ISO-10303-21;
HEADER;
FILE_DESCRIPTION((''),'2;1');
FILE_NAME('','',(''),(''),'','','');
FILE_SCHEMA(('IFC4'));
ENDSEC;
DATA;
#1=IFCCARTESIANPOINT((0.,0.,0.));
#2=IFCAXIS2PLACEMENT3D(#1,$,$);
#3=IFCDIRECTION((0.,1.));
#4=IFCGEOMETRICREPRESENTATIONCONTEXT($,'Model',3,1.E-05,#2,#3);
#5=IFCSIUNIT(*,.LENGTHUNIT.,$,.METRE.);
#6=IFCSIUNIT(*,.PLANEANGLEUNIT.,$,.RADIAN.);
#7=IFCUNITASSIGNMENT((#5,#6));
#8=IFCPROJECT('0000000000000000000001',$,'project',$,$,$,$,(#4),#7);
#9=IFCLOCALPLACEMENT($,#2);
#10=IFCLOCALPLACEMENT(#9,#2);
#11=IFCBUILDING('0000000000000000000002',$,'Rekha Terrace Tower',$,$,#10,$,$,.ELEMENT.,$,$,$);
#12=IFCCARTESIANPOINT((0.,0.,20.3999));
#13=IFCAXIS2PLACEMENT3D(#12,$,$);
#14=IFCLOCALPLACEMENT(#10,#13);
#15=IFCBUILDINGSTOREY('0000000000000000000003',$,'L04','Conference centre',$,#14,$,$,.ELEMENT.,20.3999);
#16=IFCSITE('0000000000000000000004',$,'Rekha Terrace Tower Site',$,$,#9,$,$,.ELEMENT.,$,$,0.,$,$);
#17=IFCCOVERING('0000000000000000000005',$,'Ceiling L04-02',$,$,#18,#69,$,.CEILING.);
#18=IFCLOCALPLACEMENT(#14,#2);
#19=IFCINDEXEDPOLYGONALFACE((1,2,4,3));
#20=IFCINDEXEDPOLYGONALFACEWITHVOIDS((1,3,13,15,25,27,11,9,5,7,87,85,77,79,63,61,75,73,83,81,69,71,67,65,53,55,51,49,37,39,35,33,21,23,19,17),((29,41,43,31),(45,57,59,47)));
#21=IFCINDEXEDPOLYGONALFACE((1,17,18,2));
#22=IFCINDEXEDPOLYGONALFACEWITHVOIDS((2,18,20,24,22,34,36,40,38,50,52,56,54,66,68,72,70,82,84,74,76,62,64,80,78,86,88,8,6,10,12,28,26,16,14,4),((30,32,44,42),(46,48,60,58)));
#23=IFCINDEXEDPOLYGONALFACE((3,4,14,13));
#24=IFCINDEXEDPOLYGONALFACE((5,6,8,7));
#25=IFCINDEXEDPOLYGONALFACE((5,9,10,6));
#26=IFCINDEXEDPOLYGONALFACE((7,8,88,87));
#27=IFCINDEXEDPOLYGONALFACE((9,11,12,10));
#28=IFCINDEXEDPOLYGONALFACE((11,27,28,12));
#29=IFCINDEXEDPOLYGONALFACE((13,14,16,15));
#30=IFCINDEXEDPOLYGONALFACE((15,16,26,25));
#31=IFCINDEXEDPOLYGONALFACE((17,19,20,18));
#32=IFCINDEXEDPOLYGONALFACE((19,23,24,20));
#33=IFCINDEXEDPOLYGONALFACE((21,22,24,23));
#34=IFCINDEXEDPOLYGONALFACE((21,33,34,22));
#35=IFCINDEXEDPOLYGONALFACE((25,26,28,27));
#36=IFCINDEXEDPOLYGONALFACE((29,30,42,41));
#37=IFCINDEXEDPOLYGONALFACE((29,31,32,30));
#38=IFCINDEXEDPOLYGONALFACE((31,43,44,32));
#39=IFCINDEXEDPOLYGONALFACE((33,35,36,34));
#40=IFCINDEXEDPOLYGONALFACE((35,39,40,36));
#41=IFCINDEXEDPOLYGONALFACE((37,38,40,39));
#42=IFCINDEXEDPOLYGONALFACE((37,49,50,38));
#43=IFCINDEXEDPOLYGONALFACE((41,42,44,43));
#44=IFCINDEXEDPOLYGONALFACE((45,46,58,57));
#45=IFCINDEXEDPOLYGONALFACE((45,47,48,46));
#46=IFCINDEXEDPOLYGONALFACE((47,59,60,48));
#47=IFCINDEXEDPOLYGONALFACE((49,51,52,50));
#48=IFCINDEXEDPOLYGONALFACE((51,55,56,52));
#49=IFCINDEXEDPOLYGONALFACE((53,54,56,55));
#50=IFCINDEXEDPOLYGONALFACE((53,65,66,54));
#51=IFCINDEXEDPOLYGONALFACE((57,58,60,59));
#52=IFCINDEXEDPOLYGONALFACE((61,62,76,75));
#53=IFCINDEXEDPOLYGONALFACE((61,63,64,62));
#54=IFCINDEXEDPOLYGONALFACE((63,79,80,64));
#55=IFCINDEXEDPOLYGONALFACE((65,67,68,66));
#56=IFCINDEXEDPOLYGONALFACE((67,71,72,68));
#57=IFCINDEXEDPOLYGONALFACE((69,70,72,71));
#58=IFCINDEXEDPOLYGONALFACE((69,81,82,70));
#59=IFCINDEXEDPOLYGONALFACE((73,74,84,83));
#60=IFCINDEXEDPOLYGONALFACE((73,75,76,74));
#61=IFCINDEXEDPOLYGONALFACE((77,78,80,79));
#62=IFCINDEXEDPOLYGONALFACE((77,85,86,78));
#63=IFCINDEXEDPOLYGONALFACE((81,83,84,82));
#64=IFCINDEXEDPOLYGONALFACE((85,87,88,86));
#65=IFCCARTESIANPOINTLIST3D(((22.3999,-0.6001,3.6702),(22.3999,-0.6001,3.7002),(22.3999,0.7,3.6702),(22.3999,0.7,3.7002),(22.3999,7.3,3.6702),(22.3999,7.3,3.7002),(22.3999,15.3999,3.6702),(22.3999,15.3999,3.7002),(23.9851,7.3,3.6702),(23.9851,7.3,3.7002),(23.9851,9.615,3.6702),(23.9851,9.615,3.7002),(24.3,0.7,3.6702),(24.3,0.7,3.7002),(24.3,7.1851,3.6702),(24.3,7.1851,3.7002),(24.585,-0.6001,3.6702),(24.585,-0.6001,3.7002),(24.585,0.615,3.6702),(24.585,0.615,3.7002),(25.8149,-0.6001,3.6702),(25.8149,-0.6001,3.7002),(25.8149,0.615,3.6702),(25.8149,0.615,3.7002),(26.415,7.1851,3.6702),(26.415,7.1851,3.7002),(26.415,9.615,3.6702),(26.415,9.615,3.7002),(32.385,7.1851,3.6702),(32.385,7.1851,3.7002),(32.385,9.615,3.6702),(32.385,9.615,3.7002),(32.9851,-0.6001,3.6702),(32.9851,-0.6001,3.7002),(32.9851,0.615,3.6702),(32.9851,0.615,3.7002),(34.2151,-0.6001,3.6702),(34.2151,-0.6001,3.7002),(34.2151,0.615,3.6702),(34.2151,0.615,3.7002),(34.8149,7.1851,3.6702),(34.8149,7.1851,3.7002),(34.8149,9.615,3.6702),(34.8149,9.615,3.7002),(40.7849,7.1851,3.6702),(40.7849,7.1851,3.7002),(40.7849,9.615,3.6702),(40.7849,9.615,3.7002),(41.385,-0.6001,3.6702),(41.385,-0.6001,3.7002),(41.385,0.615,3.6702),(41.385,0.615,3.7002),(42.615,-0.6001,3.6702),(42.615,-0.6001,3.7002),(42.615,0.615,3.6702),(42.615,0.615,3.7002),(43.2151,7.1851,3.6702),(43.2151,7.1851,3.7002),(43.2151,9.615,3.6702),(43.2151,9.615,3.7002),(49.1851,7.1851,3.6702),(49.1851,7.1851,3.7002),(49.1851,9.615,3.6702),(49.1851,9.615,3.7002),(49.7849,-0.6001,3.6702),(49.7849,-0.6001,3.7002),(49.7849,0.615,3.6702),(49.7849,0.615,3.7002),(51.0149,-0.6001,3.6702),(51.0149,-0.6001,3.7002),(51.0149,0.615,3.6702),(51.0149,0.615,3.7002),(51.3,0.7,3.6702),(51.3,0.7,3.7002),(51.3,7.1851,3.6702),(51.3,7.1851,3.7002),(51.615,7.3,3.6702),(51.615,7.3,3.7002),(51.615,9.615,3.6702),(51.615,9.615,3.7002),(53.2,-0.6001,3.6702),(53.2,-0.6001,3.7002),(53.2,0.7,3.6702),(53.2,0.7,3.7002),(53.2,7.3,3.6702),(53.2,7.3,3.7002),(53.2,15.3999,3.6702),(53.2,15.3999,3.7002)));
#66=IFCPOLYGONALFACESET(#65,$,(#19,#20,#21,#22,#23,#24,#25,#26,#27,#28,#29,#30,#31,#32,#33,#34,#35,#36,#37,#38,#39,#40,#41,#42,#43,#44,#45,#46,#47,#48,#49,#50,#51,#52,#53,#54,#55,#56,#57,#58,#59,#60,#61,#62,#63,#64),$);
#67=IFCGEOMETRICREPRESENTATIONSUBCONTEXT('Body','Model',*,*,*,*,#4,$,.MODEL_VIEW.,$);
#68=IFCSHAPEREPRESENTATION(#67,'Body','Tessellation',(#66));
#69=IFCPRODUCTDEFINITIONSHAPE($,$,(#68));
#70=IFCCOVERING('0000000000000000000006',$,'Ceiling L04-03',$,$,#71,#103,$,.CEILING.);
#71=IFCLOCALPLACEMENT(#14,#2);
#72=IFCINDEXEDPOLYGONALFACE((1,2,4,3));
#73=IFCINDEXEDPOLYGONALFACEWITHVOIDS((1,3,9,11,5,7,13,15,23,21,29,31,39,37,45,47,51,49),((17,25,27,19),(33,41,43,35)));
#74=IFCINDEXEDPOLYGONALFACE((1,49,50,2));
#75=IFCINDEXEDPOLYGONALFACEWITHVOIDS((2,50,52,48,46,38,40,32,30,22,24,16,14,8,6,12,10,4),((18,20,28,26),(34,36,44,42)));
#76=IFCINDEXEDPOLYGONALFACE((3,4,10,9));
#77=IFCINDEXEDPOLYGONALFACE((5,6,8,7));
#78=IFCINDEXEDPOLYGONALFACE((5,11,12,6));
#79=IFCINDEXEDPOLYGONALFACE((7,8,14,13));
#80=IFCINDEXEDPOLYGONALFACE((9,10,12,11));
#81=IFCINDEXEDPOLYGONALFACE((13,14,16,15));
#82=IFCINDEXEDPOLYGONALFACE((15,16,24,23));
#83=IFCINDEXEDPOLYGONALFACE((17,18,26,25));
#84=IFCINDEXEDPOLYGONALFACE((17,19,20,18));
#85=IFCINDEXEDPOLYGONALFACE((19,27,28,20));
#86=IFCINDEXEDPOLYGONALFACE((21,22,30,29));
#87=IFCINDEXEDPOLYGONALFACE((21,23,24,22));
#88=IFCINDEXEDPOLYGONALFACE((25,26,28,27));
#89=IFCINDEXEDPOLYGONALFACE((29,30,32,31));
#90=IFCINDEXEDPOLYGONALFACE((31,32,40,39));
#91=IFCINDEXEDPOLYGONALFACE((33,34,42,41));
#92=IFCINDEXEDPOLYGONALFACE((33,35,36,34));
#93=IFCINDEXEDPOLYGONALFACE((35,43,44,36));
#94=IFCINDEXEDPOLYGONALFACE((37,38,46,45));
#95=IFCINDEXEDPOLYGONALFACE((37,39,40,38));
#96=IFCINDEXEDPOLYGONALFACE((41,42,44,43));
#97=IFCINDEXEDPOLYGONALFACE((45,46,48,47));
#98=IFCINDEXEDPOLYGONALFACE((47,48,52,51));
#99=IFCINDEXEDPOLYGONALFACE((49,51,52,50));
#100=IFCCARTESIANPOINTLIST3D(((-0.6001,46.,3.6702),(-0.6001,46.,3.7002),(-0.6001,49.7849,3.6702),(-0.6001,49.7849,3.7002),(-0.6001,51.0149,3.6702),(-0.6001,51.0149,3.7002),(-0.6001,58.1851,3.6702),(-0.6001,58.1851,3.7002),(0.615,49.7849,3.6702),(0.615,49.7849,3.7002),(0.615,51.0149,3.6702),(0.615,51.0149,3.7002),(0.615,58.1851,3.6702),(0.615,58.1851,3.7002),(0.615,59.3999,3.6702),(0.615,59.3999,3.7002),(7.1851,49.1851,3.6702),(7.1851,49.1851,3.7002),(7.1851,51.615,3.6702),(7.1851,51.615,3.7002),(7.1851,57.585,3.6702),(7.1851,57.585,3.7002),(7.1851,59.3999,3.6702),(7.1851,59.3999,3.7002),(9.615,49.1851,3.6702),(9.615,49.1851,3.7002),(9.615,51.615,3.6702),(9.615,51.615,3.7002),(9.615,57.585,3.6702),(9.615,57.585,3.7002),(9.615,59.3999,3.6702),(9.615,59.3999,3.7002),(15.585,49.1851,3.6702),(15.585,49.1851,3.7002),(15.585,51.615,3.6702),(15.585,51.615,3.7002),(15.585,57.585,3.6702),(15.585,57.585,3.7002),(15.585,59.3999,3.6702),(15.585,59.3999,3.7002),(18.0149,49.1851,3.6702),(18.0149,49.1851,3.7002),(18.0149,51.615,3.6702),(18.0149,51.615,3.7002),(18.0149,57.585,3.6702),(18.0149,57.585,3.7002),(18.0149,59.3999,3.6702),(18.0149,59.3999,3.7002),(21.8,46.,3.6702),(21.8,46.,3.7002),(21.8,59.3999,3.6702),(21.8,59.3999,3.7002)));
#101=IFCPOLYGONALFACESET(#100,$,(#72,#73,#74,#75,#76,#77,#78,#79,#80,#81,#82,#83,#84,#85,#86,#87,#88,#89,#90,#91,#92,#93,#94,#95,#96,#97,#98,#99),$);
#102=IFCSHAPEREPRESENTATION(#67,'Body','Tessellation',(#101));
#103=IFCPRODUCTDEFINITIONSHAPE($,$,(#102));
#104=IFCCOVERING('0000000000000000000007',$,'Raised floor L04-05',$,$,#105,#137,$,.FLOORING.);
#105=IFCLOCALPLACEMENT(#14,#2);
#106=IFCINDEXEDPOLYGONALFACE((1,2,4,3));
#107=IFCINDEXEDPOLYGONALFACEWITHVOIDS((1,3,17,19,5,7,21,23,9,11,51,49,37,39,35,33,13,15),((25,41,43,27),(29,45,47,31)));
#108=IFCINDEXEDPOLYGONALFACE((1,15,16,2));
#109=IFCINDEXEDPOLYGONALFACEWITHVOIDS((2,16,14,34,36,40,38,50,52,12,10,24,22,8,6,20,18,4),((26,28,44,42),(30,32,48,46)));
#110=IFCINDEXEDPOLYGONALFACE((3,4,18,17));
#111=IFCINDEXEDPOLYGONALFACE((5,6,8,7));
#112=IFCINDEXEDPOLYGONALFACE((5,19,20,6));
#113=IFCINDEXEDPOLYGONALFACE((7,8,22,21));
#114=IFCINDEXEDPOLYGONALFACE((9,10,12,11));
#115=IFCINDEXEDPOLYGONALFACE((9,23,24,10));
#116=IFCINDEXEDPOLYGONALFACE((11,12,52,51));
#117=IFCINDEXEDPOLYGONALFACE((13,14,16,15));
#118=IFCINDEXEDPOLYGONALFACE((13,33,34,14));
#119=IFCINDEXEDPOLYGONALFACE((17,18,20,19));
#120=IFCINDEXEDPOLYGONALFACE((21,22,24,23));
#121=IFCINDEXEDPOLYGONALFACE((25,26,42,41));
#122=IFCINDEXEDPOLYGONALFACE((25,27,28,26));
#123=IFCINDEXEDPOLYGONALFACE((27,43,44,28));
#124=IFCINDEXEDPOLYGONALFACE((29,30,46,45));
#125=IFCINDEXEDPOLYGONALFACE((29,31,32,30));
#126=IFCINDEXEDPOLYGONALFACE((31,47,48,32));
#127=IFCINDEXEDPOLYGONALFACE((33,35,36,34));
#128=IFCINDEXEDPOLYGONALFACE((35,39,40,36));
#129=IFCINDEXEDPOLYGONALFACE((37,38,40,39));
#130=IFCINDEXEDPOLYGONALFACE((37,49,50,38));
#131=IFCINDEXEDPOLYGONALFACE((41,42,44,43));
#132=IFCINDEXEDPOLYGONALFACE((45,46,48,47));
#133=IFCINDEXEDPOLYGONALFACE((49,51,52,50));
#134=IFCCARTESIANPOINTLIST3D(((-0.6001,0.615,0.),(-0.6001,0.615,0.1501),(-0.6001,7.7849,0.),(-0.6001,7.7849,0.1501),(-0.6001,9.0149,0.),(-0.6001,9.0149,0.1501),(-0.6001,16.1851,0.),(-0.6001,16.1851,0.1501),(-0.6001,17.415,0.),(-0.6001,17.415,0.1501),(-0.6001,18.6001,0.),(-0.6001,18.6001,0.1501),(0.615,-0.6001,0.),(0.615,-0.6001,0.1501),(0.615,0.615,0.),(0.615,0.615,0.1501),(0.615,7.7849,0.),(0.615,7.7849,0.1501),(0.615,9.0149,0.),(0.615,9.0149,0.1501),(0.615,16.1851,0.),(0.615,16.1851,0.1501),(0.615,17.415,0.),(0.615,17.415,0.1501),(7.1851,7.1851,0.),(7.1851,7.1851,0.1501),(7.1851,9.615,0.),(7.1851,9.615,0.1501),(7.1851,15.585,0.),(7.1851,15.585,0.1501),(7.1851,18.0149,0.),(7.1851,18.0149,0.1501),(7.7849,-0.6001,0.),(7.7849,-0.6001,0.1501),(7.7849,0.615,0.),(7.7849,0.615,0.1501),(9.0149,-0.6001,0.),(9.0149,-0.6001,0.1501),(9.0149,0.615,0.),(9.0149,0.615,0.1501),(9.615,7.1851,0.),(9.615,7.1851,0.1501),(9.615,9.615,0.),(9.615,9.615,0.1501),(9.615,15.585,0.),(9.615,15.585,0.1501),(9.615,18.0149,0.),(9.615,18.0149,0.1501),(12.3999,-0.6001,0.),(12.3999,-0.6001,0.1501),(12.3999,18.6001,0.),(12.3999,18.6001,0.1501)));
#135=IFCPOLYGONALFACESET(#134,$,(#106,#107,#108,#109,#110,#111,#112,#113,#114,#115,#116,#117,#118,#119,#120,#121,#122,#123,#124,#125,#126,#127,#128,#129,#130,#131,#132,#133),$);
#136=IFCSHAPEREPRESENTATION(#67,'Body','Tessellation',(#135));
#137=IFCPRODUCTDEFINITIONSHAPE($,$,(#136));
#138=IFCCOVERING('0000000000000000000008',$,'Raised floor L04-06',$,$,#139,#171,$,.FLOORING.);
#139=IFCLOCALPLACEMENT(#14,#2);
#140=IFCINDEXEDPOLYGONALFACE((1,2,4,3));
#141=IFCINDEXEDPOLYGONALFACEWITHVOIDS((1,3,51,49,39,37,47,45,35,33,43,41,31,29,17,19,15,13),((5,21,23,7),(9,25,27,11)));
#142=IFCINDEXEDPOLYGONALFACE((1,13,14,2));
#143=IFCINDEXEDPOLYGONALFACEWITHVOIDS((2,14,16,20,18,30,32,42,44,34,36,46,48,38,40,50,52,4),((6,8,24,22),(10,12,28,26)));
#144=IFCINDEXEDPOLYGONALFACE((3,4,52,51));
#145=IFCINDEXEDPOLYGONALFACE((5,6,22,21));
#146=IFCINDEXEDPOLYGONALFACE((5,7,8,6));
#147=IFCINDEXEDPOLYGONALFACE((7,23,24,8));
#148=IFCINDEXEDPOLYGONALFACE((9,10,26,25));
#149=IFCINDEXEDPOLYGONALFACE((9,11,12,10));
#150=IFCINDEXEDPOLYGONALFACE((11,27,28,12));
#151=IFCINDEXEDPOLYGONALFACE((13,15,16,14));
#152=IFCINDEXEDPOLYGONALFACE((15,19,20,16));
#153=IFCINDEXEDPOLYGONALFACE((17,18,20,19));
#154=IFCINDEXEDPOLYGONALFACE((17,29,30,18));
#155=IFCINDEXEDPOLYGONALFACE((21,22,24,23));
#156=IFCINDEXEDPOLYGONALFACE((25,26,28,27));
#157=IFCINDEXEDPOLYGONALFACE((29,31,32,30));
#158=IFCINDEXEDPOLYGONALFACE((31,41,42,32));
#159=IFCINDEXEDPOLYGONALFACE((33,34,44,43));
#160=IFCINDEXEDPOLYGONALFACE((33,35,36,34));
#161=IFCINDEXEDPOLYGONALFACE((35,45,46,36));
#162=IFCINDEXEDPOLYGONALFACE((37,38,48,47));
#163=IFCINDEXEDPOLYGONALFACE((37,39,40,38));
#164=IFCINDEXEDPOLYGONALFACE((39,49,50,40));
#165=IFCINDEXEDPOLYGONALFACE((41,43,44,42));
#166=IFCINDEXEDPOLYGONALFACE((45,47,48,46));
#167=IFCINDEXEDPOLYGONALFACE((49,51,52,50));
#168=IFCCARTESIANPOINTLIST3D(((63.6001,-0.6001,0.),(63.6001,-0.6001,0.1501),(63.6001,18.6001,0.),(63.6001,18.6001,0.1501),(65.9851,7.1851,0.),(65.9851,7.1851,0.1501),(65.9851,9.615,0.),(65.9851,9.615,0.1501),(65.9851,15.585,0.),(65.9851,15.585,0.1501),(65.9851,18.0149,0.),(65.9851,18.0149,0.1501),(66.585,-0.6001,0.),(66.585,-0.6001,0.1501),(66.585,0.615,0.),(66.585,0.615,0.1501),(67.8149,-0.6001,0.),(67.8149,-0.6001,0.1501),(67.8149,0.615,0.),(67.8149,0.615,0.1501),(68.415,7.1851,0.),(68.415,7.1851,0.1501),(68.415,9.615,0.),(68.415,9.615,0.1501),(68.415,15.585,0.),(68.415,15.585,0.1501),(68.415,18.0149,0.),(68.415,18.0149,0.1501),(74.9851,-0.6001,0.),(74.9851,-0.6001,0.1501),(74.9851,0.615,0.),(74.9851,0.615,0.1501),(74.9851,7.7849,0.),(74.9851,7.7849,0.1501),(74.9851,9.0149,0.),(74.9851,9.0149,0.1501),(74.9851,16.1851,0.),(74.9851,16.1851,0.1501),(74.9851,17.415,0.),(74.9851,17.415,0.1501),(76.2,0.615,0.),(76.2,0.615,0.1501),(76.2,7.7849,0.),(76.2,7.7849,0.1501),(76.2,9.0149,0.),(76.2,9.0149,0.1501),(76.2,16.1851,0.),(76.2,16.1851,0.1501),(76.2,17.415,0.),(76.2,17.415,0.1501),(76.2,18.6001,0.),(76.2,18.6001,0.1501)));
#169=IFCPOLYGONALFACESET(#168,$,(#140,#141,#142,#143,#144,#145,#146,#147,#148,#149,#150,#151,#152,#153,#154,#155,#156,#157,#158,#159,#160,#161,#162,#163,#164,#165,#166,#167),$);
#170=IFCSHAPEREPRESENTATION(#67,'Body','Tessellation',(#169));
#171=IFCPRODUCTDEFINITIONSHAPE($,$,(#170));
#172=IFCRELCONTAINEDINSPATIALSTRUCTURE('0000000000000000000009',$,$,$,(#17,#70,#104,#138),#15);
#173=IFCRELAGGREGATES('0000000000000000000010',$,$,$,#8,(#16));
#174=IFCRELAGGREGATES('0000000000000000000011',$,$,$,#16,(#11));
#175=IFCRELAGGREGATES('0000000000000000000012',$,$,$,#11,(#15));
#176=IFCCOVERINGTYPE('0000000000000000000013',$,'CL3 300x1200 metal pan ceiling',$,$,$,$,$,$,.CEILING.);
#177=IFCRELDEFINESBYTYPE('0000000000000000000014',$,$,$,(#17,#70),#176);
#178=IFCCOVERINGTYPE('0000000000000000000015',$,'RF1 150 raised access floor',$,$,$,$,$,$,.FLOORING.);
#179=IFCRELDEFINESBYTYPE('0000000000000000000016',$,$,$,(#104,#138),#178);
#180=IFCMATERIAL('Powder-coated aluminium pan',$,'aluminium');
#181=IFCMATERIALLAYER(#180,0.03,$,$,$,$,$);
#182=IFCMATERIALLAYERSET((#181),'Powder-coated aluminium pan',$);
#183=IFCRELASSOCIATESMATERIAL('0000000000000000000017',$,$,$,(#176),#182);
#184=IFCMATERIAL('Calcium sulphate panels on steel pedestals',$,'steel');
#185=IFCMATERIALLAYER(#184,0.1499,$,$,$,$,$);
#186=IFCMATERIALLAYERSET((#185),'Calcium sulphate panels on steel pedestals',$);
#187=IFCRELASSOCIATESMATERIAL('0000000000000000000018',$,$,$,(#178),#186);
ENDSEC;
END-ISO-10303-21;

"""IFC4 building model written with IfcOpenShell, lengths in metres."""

from ifc_helpers import new_model, si_unit, direction, frame, origin, place, context, subcontext, project, spatial, polyline, outline, extrude, material, layer, layer_set, type_object, element, save


model = new_model("IFC4")

# Units and contexts
model_context = context("Model", 3, precision=1e-05, world=origin(), true_north=direction((0.0, 1.0)))
body_context = subcontext(model_context, "Body", "Model", "MODEL_VIEW")
ifc_project = project(units=[si_unit("LENGTHUNIT", "METRE"), si_unit("PLANEANGLEUNIT", "RADIAN")], contexts=[model_context])

# Site, building, storey
site_placement = place(None, origin())
site = spatial("IfcSite", under=ifc_project, at=site_placement, Name="Rekha Terrace Tower Site", CompositionType="ELEMENT", RefElevation=0.0)
building_placement = place(site_placement, origin())
building = spatial("IfcBuilding", under=site, at=building_placement, Name="Rekha Terrace Tower", CompositionType="ELEMENT")
storey_placement = place(building_placement, frame((0.0, 0.0, 20.3999)))
storey = spatial("IfcBuildingStorey", under=building, at=storey_placement, Name="L04", Description="Conference centre", CompositionType="ELEMENT", Elevation=20.3999)

# Coverings
ifc_material_1 = material(Name="Powder-coated aluminium pan", Category="aluminium")
ifc_layer_1 = layer(ifc_material_1, 0.03)
ifc_layer_set_1 = layer_set([ifc_layer_1], Name="Powder-coated aluminium pan")
covering_type_1 = type_object("IfcCoveringType", Name="CL3 300x1200 metal pan ceiling", PredefinedType="CEILING", material=ifc_layer_set_1)
covering_1_placement = place(storey_placement, frame((0.0, 0.0, 3.6702)))
element("IfcCovering", 1, at=covering_1_placement, inside=storey, type_object=covering_type_1, Name="Ceiling L04-02", PredefinedType="CEILING", context=body_context, shape_type="SweptSolid", body=[
    extrude(outline(polyline([(24.3, 7.1851), (24.3, 0.7), (22.3999, 0.7), (22.3999, -0.6001), (24.585, -0.6001), (24.585, 0.615), (25.8149, 0.615), (25.8149, -0.6001), (32.9851, -0.6001), (32.9851, 0.615), (34.2151, 0.615), (34.2151, -0.6001), (41.385, -0.6001), (41.385, 0.615), (42.615, 0.615), (42.615, -0.6001), (49.7849, -0.6001), (49.7849, 0.615), (51.0149, 0.615), (51.0149, -0.6001), (53.2, -0.6001), (53.2, 0.7), (51.3, 0.7), (51.3, 7.1851), (49.1851, 7.1851), (49.1851, 9.615), (51.615, 9.615), (51.615, 7.3), (53.2, 7.3), (53.2, 15.3999), (22.3999, 15.3999), (22.3999, 7.3), (23.9851, 7.3), (23.9851, 9.615), (26.415, 9.615), (26.415, 7.1851), (24.3, 7.1851)]), holes=[polyline([(40.7849, 7.1851), (40.7849, 9.615), (43.2151, 9.615), (43.2151, 7.1851), (40.7849, 7.1851)]), polyline([(34.8149, 7.1851), (32.385, 7.1851), (32.385, 9.615), (34.8149, 9.615), (34.8149, 7.1851)])]), origin(), (0.0, 0.0, 1.0), 0.03),
])
covering_2_placement = place(storey_placement, frame((0.0, 0.0, 3.6702)))
element("IfcCovering", 2, at=covering_2_placement, inside=storey, type_object=covering_type_1, Name="Ceiling L04-03", PredefinedType="CEILING", context=body_context, shape_type="SweptSolid", body=[
    extrude(outline(polyline([(-0.6001, 46.0), (21.8, 46.0), (21.8, 59.3999), (18.0149, 59.3999), (18.0149, 57.585), (15.585, 57.585), (15.585, 59.3999), (9.615, 59.3999), (9.615, 57.585), (7.1851, 57.585), (7.1851, 59.3999), (0.615, 59.3999), (0.615, 58.1851), (-0.6001, 58.1851), (-0.6001, 51.0149), (0.615, 51.0149), (0.615, 49.7849), (-0.6001, 49.7849), (-0.6001, 46.0)]), holes=[polyline([(18.0149, 49.1851), (15.585, 49.1851), (15.585, 51.615), (18.0149, 51.615), (18.0149, 49.1851)]), polyline([(9.615, 49.1851), (7.1851, 49.1851), (7.1851, 51.615), (9.615, 51.615), (9.615, 49.1851)])]), origin(), (0.0, 0.0, 1.0), 0.03),
])
ifc_material_2 = material(Name="Calcium sulphate panels on steel pedestals", Category="steel")
ifc_layer_2 = layer(ifc_material_2, 0.1499)
ifc_layer_set_2 = layer_set([ifc_layer_2], Name="Calcium sulphate panels on steel pedestals")
covering_type_2 = type_object("IfcCoveringType", Name="RF1 150 raised access floor", PredefinedType="FLOORING", material=ifc_layer_set_2)
covering_3_placement = place(storey_placement, origin())
element("IfcCovering", 3, at=covering_3_placement, inside=storey, type_object=covering_type_2, Name="Raised floor L04-05", PredefinedType="FLOORING", context=body_context, shape_type="SweptSolid", body=[
    extrude(outline(polyline([(12.3999, -0.6001), (12.3999, 18.6001), (-0.6001, 18.6001), (-0.6001, 17.415), (0.615, 17.415), (0.615, 16.1851), (-0.6001, 16.1851), (-0.6001, 9.0149), (0.615, 9.0149), (0.615, 7.7849), (-0.6001, 7.7849), (-0.6001, 0.615), (0.615, 0.615), (0.615, -0.6001), (7.7849, -0.6001), (7.7849, 0.615), (9.0149, 0.615), (9.0149, -0.6001), (12.3999, -0.6001)]), holes=[polyline([(9.615, 7.1851), (7.1851, 7.1851), (7.1851, 9.615), (9.615, 9.615), (9.615, 7.1851)]), polyline([(9.615, 15.585), (7.1851, 15.585), (7.1851, 18.0149), (9.615, 18.0149), (9.615, 15.585)])]), origin(), (0.0, 0.0, 1.0), 0.1501),
])
covering_4_placement = place(storey_placement, origin())
element("IfcCovering", 4, at=covering_4_placement, inside=storey, type_object=covering_type_2, Name="Raised floor L04-06", PredefinedType="FLOORING", context=body_context, shape_type="SweptSolid", body=[
    extrude(outline(polyline([(76.2, 18.6001), (63.6001, 18.6001), (63.6001, -0.6001), (66.585, -0.6001), (66.585, 0.615), (67.8149, 0.615), (67.8149, -0.6001), (74.9851, -0.6001), (74.9851, 0.615), (76.2, 0.615), (76.2, 7.7849), (74.9851, 7.7849), (74.9851, 9.0149), (76.2, 9.0149), (76.2, 16.1851), (74.9851, 16.1851), (74.9851, 17.415), (76.2, 17.415), (76.2, 18.6001)]), holes=[polyline([(65.9851, 7.1851), (65.9851, 9.615), (68.415, 9.615), (68.415, 7.1851), (65.9851, 7.1851)]), polyline([(65.9851, 15.585), (65.9851, 18.0149), (68.415, 18.0149), (68.415, 15.585), (65.9851, 15.585)])]), origin(), (0.0, 0.0, 1.0), 0.1501),
])

save(model, "model.ifc")
